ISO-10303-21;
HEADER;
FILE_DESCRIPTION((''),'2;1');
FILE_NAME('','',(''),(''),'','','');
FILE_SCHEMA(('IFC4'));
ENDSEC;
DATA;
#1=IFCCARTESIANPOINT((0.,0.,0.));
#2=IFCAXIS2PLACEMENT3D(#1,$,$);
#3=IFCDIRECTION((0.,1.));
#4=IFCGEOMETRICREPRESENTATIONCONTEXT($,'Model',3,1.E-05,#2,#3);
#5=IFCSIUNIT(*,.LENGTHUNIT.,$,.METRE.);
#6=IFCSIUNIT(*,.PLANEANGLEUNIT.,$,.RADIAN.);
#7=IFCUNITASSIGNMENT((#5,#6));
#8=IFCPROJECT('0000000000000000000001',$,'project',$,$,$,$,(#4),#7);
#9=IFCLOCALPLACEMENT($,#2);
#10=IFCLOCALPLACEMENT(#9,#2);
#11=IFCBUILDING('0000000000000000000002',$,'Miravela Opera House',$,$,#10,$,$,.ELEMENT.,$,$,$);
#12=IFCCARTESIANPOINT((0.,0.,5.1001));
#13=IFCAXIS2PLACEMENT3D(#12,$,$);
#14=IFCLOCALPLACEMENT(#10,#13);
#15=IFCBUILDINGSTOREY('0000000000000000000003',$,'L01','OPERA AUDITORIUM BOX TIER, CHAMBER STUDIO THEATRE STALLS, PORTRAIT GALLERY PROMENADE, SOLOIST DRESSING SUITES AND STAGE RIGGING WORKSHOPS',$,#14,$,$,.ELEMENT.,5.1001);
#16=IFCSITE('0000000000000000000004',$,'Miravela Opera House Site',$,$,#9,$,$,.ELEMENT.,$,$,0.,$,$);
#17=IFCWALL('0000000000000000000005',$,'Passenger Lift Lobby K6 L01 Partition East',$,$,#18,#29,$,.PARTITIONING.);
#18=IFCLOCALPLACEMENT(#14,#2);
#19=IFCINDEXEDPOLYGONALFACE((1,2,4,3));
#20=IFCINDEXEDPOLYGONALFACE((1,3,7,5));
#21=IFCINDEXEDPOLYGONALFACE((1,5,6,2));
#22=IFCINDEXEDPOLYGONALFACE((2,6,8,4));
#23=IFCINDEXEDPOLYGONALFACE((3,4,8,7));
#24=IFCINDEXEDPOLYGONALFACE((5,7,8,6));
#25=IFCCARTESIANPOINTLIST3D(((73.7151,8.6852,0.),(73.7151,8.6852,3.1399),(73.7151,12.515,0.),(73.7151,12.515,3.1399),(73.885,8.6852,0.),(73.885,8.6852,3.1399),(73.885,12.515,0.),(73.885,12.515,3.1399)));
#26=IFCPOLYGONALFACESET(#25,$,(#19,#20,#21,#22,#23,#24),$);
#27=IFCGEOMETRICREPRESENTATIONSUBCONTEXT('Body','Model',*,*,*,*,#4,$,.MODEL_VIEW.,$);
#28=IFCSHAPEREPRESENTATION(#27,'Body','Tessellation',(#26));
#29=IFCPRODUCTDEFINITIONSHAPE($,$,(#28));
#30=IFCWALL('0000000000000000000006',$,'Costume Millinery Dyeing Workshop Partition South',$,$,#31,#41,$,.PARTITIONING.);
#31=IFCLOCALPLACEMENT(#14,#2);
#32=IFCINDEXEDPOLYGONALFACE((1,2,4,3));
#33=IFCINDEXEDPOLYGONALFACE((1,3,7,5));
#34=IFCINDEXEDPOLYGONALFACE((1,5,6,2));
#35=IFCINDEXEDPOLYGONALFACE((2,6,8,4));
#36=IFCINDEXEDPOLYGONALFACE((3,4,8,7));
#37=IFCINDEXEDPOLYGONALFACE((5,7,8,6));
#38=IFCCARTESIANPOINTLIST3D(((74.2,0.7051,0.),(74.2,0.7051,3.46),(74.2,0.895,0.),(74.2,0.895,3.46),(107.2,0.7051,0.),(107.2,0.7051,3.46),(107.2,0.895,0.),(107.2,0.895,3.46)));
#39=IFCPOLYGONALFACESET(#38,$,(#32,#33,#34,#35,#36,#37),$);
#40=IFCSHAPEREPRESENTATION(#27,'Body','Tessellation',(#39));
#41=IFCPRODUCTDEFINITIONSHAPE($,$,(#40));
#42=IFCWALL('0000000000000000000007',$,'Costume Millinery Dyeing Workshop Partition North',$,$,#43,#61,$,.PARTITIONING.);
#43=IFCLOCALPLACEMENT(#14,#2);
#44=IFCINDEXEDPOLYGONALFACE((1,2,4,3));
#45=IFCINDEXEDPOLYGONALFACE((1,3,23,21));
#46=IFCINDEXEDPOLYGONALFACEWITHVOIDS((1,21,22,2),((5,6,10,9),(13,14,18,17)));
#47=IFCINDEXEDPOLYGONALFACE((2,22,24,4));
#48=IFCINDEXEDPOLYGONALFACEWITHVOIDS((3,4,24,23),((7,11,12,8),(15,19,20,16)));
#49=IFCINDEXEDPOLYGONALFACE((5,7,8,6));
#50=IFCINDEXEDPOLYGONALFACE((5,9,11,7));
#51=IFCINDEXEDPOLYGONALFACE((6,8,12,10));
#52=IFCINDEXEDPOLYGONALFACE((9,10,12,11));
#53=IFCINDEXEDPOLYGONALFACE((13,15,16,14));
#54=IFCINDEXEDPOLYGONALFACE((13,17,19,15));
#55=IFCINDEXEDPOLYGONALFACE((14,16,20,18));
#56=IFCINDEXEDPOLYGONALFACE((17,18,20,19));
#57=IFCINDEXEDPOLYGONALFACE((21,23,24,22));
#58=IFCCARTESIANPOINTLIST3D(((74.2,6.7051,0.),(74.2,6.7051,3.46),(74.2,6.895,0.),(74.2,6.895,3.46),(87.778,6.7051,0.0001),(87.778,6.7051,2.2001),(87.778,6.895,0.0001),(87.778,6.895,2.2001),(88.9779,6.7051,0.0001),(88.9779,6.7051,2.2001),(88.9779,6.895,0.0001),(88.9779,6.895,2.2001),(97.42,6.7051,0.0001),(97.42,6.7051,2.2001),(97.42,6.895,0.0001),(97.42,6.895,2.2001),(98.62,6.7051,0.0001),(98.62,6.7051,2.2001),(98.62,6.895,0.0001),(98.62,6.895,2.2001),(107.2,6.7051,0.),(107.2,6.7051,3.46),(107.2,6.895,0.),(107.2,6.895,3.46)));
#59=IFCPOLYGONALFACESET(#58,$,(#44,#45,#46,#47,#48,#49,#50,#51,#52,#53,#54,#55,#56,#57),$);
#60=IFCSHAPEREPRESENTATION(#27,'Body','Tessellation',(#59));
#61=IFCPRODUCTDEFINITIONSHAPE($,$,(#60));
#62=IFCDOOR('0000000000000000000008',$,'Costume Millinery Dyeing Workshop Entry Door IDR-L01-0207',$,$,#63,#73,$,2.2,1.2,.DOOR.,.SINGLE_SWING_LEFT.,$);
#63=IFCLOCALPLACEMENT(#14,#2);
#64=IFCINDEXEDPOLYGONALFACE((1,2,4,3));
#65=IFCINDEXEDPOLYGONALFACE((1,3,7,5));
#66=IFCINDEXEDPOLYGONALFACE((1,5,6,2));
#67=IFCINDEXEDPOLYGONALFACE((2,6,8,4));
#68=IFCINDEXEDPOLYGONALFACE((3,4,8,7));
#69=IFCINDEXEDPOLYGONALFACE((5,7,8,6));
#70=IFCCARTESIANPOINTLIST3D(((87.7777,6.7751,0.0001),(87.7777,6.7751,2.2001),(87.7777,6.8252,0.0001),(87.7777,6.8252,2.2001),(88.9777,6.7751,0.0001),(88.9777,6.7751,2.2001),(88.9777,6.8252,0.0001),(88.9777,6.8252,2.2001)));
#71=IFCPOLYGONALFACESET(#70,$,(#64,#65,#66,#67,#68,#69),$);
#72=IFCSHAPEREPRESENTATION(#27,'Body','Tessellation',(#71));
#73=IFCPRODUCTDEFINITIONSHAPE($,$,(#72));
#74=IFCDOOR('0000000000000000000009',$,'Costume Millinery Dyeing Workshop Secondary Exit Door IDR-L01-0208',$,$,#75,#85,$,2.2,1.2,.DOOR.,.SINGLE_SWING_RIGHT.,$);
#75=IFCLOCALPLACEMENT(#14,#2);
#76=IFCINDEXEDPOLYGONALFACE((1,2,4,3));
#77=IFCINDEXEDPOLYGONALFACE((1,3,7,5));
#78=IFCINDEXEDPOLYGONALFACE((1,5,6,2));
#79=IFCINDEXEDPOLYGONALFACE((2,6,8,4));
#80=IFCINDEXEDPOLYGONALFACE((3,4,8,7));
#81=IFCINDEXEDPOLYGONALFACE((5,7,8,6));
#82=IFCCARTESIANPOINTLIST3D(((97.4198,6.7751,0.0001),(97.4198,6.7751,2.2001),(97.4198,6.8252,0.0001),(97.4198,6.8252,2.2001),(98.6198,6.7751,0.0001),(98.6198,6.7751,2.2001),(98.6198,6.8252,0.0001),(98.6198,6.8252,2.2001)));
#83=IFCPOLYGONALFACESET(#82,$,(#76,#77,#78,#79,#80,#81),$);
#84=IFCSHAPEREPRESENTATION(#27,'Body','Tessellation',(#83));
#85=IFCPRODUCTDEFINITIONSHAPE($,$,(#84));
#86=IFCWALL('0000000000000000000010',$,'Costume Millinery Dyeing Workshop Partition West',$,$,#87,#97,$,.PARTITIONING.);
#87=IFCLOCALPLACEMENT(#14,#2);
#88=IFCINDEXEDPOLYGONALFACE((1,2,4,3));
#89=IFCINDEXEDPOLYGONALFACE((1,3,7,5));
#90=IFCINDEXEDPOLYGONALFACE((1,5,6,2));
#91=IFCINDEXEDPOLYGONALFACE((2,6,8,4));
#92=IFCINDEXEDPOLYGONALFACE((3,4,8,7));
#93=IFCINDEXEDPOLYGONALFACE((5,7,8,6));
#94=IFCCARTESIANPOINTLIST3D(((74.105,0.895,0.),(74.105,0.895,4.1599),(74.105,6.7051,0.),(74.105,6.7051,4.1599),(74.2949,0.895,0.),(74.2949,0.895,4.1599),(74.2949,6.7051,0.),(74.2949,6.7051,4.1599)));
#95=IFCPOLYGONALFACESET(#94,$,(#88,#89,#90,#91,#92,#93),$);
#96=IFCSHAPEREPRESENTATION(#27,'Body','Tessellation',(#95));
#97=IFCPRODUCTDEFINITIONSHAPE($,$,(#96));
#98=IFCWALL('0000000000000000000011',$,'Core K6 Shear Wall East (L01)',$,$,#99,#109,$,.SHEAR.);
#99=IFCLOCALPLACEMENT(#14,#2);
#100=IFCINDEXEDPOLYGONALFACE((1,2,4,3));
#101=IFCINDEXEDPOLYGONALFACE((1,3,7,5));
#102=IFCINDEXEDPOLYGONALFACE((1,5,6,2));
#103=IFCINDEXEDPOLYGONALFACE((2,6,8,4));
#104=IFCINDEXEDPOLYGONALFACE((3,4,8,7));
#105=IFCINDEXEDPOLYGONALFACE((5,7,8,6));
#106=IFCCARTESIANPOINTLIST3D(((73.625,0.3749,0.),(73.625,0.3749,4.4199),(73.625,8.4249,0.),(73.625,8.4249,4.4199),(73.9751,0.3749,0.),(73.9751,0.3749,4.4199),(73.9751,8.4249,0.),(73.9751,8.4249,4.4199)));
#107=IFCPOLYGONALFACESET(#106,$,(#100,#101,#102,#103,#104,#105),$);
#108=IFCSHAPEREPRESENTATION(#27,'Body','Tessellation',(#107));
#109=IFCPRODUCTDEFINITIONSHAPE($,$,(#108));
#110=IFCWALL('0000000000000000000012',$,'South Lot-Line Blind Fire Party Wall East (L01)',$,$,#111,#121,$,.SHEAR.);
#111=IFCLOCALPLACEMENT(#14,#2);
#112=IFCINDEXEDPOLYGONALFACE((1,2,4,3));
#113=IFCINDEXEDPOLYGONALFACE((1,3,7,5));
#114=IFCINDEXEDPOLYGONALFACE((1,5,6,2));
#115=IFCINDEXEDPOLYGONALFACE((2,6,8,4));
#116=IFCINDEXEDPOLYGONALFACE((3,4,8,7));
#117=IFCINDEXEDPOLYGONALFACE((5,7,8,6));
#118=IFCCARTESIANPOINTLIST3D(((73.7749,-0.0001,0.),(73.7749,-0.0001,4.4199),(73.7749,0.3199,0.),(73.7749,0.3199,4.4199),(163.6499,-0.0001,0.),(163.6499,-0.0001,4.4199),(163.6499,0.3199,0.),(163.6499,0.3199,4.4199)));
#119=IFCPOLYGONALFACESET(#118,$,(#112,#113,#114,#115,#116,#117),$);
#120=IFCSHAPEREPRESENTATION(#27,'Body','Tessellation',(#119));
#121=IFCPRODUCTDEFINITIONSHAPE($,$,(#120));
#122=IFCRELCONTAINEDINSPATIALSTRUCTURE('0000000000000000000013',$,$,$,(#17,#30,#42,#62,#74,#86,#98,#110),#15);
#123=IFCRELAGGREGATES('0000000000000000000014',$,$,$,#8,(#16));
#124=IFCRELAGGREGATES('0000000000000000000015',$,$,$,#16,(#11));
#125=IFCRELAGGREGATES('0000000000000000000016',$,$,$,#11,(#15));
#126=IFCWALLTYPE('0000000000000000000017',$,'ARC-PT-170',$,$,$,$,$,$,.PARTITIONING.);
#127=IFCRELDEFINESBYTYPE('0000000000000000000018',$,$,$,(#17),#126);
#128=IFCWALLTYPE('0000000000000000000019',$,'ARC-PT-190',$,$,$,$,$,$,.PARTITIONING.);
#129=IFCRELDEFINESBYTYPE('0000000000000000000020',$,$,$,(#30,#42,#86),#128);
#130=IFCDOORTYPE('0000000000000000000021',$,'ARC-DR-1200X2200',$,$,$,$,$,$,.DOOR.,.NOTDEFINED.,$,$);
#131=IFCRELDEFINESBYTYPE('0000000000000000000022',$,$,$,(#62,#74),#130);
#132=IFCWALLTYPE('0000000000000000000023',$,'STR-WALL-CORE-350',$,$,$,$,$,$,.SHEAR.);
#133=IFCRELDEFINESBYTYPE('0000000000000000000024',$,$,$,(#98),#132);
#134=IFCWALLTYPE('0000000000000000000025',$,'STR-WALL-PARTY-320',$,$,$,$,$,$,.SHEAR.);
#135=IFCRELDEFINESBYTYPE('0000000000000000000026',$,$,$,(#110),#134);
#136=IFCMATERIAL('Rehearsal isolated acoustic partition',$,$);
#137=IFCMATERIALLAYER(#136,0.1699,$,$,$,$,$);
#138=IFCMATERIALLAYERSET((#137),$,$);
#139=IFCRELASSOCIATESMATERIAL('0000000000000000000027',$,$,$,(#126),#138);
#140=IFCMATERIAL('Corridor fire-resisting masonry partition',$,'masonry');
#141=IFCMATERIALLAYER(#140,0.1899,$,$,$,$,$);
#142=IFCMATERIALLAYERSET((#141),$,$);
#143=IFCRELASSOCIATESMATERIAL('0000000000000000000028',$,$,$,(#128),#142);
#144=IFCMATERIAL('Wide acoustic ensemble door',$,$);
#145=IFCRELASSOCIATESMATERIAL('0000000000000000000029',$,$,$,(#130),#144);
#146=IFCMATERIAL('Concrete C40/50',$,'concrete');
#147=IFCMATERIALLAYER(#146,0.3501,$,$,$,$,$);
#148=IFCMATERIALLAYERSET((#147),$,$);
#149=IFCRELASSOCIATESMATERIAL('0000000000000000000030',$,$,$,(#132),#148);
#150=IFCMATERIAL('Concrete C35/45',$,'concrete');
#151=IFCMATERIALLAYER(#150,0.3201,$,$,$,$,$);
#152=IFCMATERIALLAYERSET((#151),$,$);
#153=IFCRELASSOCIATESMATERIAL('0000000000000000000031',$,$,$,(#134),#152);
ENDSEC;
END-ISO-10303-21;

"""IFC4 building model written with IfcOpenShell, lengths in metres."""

from ifc_helpers import new_model, si_unit, direction, frame, frame_2d, origin, place, context, subcontext, project, spatial, rectangle, extrude, material, layer, layer_set, type_object, element, fill, save


model = new_model("IFC4")

# Units and contexts
model_context = context("Model", 3, precision=1e-05, world=origin(), true_north=direction((0.0, 1.0)))
body_context = subcontext(model_context, "Body", "Model", "MODEL_VIEW")
ifc_project = project(units=[si_unit("LENGTHUNIT", "METRE"), si_unit("PLANEANGLEUNIT", "RADIAN")], contexts=[model_context])

# Site, building, storey
site_placement = place(None, origin())
site = spatial("IfcSite", under=ifc_project, at=site_placement, Name="Miravela Opera House Site", CompositionType="ELEMENT", RefElevation=0.0)
building_placement = place(site_placement, origin())
building = spatial("IfcBuilding", under=site, at=building_placement, Name="Miravela Opera House", CompositionType="ELEMENT")
storey_placement = place(building_placement, frame((0.0, 0.0, 5.1001)))
storey = spatial("IfcBuildingStorey", under=building, at=storey_placement, Name="L01", Description="OPERA AUDITORIUM BOX TIER, CHAMBER STUDIO THEATRE STALLS, PORTRAIT GALLERY PROMENADE, SOLOIST DRESSING SUITES AND STAGE RIGGING WORKSHOPS", CompositionType="ELEMENT", Elevation=5.1001)

# Shared definitions
ifc_material_1 = material(Name="Concrete C35/45", Category="concrete")

# Shared definitions
ifc_material_2 = material(Name="Concrete C40/50", Category="concrete")

# Walls
ifc_material_3 = material(Name="Rehearsal isolated acoustic partition")
ifc_layer_1 = layer(ifc_material_3, 0.1699)
ifc_layer_set_1 = layer_set([ifc_layer_1])
wall_type_1 = type_object("IfcWallType", Name="ARC-PT-170", PredefinedType="PARTITIONING", material=ifc_layer_set_1)
wall_1_placement = place(storey_placement, frame((73.8, 8.6851, 0.0), z_axis=(0.0, 0.0, 1.0), x_axis=(0.0, 1.0, 0.0)))
element("IfcWall", 1, at=wall_1_placement, inside=storey, type_object=wall_type_1, Name="Passenger Lift Lobby K6 L01 Partition East", PredefinedType="PARTITIONING", context=body_context, shape_type="SweptSolid", body=[
    extrude(rectangle(XDim=3.8298, YDim=0.1699, at=frame_2d((1.915, 0.0))), origin(), (0.0, 0.0, 1.0), 3.1399),
])
ifc_material_4 = material(Name="Corridor fire-resisting masonry partition", Category="masonry")
ifc_layer_2 = layer(ifc_material_4, 0.1899)
ifc_layer_set_2 = layer_set([ifc_layer_2])
wall_type_2 = type_object("IfcWallType", Name="ARC-PT-190", PredefinedType="PARTITIONING", material=ifc_layer_set_2)
wall_2_placement = place(storey_placement, frame((74.2, 0.8, 0.0), z_axis=(0.0, 0.0, 1.0), x_axis=(1.0, 0.0, 0.0)))
element("IfcWall", 2, at=wall_2_placement, inside=storey, type_object=wall_type_2, Name="Costume Millinery Dyeing Workshop Partition South", PredefinedType="PARTITIONING", context=body_context, shape_type="SweptSolid", body=[
    extrude(rectangle(XDim=33.0, YDim=0.1899, at=frame_2d((16.5, 0.0))), origin(), (0.0, 0.0, 1.0), 3.46),
])

# Wall, openings, doors
wall_3_placement = place(storey_placement, frame((74.2, 6.8, 0.0), z_axis=(0.0, 0.0, 1.0), x_axis=(1.0, 0.0, 0.0)))
wall_3 = element("IfcWall", 3, at=wall_3_placement, inside=storey, type_object=wall_type_2, Name="Costume Millinery Dyeing Workshop Partition North", PredefinedType="PARTITIONING", context=body_context, shape_type="SweptSolid", body=[
    extrude(rectangle(XDim=33.0, YDim=0.1899, at=frame_2d((16.5, 0.0))), origin(), (0.0, 0.0, 1.0), 3.46),
])
opening_1_placement = place(wall_3_placement, frame((13.5779, 0.0, 0.0)))
opening_1 = element("IfcOpeningElement", 4, at=opening_1_placement, cuts=wall_3, PredefinedType="OPENING", context=body_context, shape_type="SweptSolid", body=[
    extrude(rectangle(XDim=1.2, YDim=2.2, at=frame_2d((0.6001, 1.1001))), frame((0.0, 0.105, 0.0), z_axis=(0.0, -1.0, 0.0), x_axis=(1.0, 0.0, 0.0)), (0.0, 0.0, 1.0), 0.21),
])
opening_2_placement = place(wall_3_placement, frame((23.22, 0.0, 0.0)))
opening_2 = element("IfcOpeningElement", 5, at=opening_2_placement, cuts=wall_3, PredefinedType="OPENING", context=body_context, shape_type="SweptSolid", body=[
    extrude(rectangle(XDim=1.2, YDim=2.2, at=frame_2d((0.6001, 1.1001))), frame((0.0, 0.105, 0.0), z_axis=(0.0, -1.0, 0.0), x_axis=(1.0, 0.0, 0.0)), (0.0, 0.0, 1.0), 0.21),
])
ifc_material_5 = material(Name="Wide acoustic ensemble door")
door_type = type_object("IfcDoorType", Name="ARC-DR-1200X2200", OperationType="NOTDEFINED", PredefinedType="DOOR", material=ifc_material_5)
door_1_placement = place(opening_1_placement, frame((1.2, 0.0, 0.0), z_axis=(0.0, 0.0, 1.0), x_axis=(-1.0, 0.0, 0.0)))
door_1 = element("IfcDoor", 6, at=door_1_placement, inside=storey, type_object=door_type, Name="Costume Millinery Dyeing Workshop Entry Door IDR-L01-0207", OperationType="SINGLE_SWING_LEFT", OverallHeight=2.2, OverallWidth=1.2, PredefinedType="DOOR", context=body_context, shape_type="SweptSolid", body=[
    extrude(rectangle(XDim=1.2, YDim=2.2, at=frame_2d((0.6001, 1.1001))), frame((0.0, 0.0249, 0.0), z_axis=(0.0, -1.0, 0.0), x_axis=(1.0, 0.0, 0.0)), (0.0, 0.0, 1.0), 0.05),
])
fill(opening_1, door_1)
door_2_placement = place(opening_2_placement, frame((1.2, 0.0, 0.0), z_axis=(0.0, 0.0, 1.0), x_axis=(-1.0, 0.0, 0.0)))
door_2 = element("IfcDoor", 7, at=door_2_placement, inside=storey, type_object=door_type, Name="Costume Millinery Dyeing Workshop Secondary Exit Door IDR-L01-0208", OperationType="SINGLE_SWING_RIGHT", OverallHeight=2.2, OverallWidth=1.2, PredefinedType="DOOR", context=body_context, shape_type="SweptSolid", body=[
    extrude(rectangle(XDim=1.2, YDim=2.2, at=frame_2d((0.6001, 1.1001))), frame((0.0, 0.0249, 0.0), z_axis=(0.0, -1.0, 0.0), x_axis=(1.0, 0.0, 0.0)), (0.0, 0.0, 1.0), 0.05),
])
fill(opening_2, door_2)

# Walls
wall_4_placement = place(storey_placement, frame((74.2, 0.895, 0.0), z_axis=(0.0, 0.0, 1.0), x_axis=(0.0, 1.0, 0.0)))
element("IfcWall", 8, at=wall_4_placement, inside=storey, type_object=wall_type_2, Name="Costume Millinery Dyeing Workshop Partition West", PredefinedType="PARTITIONING", context=body_context, shape_type="SweptSolid", body=[
    extrude(rectangle(XDim=5.8101, YDim=0.1899, at=frame_2d((2.905, 0.0))), origin(), (0.0, 0.0, 1.0), 4.1599),
])
ifc_layer_3 = layer(ifc_material_2, 0.3501)
ifc_layer_set_3 = layer_set([ifc_layer_3])
wall_type_3 = type_object("IfcWallType", Name="STR-WALL-CORE-350", PredefinedType="SHEAR", material=ifc_layer_set_3)
wall_5_placement = place(storey_placement, frame((73.8, 0.375, 0.0), z_axis=(0.0, 0.0, 1.0), x_axis=(0.0, 1.0, 0.0)))
element("IfcWall", 9, at=wall_5_placement, inside=storey, type_object=wall_type_3, Name="Core K6 Shear Wall East (L01)", PredefinedType="SHEAR", context=body_context, shape_type="SweptSolid", body=[
    extrude(rectangle(XDim=8.05, YDim=0.3501, at=frame_2d((4.0249, 0.0))), origin(), (0.0, 0.0, 1.0), 4.4199),
])
ifc_layer_4 = layer(ifc_material_1, 0.3201)
ifc_layer_set_4 = layer_set([ifc_layer_4])
wall_type_4 = type_object("IfcWallType", Name="STR-WALL-PARTY-320", PredefinedType="SHEAR", material=ifc_layer_set_4)
wall_6_placement = place(storey_placement, frame((73.7749, 0.1599, 0.0), z_axis=(0.0, 0.0, 1.0), x_axis=(1.0, 0.0, 0.0)))
element("IfcWall", 10, at=wall_6_placement, inside=storey, type_object=wall_type_4, Name="South Lot-Line Blind Fire Party Wall East (L01)", PredefinedType="SHEAR", context=body_context, shape_type="SweptSolid", body=[
    extrude(rectangle(XDim=89.875, YDim=0.3201, at=frame_2d((44.9375, 0.0))), origin(), (0.0, 0.0, 1.0), 4.4199),
])

save(model, "model.ifc")
